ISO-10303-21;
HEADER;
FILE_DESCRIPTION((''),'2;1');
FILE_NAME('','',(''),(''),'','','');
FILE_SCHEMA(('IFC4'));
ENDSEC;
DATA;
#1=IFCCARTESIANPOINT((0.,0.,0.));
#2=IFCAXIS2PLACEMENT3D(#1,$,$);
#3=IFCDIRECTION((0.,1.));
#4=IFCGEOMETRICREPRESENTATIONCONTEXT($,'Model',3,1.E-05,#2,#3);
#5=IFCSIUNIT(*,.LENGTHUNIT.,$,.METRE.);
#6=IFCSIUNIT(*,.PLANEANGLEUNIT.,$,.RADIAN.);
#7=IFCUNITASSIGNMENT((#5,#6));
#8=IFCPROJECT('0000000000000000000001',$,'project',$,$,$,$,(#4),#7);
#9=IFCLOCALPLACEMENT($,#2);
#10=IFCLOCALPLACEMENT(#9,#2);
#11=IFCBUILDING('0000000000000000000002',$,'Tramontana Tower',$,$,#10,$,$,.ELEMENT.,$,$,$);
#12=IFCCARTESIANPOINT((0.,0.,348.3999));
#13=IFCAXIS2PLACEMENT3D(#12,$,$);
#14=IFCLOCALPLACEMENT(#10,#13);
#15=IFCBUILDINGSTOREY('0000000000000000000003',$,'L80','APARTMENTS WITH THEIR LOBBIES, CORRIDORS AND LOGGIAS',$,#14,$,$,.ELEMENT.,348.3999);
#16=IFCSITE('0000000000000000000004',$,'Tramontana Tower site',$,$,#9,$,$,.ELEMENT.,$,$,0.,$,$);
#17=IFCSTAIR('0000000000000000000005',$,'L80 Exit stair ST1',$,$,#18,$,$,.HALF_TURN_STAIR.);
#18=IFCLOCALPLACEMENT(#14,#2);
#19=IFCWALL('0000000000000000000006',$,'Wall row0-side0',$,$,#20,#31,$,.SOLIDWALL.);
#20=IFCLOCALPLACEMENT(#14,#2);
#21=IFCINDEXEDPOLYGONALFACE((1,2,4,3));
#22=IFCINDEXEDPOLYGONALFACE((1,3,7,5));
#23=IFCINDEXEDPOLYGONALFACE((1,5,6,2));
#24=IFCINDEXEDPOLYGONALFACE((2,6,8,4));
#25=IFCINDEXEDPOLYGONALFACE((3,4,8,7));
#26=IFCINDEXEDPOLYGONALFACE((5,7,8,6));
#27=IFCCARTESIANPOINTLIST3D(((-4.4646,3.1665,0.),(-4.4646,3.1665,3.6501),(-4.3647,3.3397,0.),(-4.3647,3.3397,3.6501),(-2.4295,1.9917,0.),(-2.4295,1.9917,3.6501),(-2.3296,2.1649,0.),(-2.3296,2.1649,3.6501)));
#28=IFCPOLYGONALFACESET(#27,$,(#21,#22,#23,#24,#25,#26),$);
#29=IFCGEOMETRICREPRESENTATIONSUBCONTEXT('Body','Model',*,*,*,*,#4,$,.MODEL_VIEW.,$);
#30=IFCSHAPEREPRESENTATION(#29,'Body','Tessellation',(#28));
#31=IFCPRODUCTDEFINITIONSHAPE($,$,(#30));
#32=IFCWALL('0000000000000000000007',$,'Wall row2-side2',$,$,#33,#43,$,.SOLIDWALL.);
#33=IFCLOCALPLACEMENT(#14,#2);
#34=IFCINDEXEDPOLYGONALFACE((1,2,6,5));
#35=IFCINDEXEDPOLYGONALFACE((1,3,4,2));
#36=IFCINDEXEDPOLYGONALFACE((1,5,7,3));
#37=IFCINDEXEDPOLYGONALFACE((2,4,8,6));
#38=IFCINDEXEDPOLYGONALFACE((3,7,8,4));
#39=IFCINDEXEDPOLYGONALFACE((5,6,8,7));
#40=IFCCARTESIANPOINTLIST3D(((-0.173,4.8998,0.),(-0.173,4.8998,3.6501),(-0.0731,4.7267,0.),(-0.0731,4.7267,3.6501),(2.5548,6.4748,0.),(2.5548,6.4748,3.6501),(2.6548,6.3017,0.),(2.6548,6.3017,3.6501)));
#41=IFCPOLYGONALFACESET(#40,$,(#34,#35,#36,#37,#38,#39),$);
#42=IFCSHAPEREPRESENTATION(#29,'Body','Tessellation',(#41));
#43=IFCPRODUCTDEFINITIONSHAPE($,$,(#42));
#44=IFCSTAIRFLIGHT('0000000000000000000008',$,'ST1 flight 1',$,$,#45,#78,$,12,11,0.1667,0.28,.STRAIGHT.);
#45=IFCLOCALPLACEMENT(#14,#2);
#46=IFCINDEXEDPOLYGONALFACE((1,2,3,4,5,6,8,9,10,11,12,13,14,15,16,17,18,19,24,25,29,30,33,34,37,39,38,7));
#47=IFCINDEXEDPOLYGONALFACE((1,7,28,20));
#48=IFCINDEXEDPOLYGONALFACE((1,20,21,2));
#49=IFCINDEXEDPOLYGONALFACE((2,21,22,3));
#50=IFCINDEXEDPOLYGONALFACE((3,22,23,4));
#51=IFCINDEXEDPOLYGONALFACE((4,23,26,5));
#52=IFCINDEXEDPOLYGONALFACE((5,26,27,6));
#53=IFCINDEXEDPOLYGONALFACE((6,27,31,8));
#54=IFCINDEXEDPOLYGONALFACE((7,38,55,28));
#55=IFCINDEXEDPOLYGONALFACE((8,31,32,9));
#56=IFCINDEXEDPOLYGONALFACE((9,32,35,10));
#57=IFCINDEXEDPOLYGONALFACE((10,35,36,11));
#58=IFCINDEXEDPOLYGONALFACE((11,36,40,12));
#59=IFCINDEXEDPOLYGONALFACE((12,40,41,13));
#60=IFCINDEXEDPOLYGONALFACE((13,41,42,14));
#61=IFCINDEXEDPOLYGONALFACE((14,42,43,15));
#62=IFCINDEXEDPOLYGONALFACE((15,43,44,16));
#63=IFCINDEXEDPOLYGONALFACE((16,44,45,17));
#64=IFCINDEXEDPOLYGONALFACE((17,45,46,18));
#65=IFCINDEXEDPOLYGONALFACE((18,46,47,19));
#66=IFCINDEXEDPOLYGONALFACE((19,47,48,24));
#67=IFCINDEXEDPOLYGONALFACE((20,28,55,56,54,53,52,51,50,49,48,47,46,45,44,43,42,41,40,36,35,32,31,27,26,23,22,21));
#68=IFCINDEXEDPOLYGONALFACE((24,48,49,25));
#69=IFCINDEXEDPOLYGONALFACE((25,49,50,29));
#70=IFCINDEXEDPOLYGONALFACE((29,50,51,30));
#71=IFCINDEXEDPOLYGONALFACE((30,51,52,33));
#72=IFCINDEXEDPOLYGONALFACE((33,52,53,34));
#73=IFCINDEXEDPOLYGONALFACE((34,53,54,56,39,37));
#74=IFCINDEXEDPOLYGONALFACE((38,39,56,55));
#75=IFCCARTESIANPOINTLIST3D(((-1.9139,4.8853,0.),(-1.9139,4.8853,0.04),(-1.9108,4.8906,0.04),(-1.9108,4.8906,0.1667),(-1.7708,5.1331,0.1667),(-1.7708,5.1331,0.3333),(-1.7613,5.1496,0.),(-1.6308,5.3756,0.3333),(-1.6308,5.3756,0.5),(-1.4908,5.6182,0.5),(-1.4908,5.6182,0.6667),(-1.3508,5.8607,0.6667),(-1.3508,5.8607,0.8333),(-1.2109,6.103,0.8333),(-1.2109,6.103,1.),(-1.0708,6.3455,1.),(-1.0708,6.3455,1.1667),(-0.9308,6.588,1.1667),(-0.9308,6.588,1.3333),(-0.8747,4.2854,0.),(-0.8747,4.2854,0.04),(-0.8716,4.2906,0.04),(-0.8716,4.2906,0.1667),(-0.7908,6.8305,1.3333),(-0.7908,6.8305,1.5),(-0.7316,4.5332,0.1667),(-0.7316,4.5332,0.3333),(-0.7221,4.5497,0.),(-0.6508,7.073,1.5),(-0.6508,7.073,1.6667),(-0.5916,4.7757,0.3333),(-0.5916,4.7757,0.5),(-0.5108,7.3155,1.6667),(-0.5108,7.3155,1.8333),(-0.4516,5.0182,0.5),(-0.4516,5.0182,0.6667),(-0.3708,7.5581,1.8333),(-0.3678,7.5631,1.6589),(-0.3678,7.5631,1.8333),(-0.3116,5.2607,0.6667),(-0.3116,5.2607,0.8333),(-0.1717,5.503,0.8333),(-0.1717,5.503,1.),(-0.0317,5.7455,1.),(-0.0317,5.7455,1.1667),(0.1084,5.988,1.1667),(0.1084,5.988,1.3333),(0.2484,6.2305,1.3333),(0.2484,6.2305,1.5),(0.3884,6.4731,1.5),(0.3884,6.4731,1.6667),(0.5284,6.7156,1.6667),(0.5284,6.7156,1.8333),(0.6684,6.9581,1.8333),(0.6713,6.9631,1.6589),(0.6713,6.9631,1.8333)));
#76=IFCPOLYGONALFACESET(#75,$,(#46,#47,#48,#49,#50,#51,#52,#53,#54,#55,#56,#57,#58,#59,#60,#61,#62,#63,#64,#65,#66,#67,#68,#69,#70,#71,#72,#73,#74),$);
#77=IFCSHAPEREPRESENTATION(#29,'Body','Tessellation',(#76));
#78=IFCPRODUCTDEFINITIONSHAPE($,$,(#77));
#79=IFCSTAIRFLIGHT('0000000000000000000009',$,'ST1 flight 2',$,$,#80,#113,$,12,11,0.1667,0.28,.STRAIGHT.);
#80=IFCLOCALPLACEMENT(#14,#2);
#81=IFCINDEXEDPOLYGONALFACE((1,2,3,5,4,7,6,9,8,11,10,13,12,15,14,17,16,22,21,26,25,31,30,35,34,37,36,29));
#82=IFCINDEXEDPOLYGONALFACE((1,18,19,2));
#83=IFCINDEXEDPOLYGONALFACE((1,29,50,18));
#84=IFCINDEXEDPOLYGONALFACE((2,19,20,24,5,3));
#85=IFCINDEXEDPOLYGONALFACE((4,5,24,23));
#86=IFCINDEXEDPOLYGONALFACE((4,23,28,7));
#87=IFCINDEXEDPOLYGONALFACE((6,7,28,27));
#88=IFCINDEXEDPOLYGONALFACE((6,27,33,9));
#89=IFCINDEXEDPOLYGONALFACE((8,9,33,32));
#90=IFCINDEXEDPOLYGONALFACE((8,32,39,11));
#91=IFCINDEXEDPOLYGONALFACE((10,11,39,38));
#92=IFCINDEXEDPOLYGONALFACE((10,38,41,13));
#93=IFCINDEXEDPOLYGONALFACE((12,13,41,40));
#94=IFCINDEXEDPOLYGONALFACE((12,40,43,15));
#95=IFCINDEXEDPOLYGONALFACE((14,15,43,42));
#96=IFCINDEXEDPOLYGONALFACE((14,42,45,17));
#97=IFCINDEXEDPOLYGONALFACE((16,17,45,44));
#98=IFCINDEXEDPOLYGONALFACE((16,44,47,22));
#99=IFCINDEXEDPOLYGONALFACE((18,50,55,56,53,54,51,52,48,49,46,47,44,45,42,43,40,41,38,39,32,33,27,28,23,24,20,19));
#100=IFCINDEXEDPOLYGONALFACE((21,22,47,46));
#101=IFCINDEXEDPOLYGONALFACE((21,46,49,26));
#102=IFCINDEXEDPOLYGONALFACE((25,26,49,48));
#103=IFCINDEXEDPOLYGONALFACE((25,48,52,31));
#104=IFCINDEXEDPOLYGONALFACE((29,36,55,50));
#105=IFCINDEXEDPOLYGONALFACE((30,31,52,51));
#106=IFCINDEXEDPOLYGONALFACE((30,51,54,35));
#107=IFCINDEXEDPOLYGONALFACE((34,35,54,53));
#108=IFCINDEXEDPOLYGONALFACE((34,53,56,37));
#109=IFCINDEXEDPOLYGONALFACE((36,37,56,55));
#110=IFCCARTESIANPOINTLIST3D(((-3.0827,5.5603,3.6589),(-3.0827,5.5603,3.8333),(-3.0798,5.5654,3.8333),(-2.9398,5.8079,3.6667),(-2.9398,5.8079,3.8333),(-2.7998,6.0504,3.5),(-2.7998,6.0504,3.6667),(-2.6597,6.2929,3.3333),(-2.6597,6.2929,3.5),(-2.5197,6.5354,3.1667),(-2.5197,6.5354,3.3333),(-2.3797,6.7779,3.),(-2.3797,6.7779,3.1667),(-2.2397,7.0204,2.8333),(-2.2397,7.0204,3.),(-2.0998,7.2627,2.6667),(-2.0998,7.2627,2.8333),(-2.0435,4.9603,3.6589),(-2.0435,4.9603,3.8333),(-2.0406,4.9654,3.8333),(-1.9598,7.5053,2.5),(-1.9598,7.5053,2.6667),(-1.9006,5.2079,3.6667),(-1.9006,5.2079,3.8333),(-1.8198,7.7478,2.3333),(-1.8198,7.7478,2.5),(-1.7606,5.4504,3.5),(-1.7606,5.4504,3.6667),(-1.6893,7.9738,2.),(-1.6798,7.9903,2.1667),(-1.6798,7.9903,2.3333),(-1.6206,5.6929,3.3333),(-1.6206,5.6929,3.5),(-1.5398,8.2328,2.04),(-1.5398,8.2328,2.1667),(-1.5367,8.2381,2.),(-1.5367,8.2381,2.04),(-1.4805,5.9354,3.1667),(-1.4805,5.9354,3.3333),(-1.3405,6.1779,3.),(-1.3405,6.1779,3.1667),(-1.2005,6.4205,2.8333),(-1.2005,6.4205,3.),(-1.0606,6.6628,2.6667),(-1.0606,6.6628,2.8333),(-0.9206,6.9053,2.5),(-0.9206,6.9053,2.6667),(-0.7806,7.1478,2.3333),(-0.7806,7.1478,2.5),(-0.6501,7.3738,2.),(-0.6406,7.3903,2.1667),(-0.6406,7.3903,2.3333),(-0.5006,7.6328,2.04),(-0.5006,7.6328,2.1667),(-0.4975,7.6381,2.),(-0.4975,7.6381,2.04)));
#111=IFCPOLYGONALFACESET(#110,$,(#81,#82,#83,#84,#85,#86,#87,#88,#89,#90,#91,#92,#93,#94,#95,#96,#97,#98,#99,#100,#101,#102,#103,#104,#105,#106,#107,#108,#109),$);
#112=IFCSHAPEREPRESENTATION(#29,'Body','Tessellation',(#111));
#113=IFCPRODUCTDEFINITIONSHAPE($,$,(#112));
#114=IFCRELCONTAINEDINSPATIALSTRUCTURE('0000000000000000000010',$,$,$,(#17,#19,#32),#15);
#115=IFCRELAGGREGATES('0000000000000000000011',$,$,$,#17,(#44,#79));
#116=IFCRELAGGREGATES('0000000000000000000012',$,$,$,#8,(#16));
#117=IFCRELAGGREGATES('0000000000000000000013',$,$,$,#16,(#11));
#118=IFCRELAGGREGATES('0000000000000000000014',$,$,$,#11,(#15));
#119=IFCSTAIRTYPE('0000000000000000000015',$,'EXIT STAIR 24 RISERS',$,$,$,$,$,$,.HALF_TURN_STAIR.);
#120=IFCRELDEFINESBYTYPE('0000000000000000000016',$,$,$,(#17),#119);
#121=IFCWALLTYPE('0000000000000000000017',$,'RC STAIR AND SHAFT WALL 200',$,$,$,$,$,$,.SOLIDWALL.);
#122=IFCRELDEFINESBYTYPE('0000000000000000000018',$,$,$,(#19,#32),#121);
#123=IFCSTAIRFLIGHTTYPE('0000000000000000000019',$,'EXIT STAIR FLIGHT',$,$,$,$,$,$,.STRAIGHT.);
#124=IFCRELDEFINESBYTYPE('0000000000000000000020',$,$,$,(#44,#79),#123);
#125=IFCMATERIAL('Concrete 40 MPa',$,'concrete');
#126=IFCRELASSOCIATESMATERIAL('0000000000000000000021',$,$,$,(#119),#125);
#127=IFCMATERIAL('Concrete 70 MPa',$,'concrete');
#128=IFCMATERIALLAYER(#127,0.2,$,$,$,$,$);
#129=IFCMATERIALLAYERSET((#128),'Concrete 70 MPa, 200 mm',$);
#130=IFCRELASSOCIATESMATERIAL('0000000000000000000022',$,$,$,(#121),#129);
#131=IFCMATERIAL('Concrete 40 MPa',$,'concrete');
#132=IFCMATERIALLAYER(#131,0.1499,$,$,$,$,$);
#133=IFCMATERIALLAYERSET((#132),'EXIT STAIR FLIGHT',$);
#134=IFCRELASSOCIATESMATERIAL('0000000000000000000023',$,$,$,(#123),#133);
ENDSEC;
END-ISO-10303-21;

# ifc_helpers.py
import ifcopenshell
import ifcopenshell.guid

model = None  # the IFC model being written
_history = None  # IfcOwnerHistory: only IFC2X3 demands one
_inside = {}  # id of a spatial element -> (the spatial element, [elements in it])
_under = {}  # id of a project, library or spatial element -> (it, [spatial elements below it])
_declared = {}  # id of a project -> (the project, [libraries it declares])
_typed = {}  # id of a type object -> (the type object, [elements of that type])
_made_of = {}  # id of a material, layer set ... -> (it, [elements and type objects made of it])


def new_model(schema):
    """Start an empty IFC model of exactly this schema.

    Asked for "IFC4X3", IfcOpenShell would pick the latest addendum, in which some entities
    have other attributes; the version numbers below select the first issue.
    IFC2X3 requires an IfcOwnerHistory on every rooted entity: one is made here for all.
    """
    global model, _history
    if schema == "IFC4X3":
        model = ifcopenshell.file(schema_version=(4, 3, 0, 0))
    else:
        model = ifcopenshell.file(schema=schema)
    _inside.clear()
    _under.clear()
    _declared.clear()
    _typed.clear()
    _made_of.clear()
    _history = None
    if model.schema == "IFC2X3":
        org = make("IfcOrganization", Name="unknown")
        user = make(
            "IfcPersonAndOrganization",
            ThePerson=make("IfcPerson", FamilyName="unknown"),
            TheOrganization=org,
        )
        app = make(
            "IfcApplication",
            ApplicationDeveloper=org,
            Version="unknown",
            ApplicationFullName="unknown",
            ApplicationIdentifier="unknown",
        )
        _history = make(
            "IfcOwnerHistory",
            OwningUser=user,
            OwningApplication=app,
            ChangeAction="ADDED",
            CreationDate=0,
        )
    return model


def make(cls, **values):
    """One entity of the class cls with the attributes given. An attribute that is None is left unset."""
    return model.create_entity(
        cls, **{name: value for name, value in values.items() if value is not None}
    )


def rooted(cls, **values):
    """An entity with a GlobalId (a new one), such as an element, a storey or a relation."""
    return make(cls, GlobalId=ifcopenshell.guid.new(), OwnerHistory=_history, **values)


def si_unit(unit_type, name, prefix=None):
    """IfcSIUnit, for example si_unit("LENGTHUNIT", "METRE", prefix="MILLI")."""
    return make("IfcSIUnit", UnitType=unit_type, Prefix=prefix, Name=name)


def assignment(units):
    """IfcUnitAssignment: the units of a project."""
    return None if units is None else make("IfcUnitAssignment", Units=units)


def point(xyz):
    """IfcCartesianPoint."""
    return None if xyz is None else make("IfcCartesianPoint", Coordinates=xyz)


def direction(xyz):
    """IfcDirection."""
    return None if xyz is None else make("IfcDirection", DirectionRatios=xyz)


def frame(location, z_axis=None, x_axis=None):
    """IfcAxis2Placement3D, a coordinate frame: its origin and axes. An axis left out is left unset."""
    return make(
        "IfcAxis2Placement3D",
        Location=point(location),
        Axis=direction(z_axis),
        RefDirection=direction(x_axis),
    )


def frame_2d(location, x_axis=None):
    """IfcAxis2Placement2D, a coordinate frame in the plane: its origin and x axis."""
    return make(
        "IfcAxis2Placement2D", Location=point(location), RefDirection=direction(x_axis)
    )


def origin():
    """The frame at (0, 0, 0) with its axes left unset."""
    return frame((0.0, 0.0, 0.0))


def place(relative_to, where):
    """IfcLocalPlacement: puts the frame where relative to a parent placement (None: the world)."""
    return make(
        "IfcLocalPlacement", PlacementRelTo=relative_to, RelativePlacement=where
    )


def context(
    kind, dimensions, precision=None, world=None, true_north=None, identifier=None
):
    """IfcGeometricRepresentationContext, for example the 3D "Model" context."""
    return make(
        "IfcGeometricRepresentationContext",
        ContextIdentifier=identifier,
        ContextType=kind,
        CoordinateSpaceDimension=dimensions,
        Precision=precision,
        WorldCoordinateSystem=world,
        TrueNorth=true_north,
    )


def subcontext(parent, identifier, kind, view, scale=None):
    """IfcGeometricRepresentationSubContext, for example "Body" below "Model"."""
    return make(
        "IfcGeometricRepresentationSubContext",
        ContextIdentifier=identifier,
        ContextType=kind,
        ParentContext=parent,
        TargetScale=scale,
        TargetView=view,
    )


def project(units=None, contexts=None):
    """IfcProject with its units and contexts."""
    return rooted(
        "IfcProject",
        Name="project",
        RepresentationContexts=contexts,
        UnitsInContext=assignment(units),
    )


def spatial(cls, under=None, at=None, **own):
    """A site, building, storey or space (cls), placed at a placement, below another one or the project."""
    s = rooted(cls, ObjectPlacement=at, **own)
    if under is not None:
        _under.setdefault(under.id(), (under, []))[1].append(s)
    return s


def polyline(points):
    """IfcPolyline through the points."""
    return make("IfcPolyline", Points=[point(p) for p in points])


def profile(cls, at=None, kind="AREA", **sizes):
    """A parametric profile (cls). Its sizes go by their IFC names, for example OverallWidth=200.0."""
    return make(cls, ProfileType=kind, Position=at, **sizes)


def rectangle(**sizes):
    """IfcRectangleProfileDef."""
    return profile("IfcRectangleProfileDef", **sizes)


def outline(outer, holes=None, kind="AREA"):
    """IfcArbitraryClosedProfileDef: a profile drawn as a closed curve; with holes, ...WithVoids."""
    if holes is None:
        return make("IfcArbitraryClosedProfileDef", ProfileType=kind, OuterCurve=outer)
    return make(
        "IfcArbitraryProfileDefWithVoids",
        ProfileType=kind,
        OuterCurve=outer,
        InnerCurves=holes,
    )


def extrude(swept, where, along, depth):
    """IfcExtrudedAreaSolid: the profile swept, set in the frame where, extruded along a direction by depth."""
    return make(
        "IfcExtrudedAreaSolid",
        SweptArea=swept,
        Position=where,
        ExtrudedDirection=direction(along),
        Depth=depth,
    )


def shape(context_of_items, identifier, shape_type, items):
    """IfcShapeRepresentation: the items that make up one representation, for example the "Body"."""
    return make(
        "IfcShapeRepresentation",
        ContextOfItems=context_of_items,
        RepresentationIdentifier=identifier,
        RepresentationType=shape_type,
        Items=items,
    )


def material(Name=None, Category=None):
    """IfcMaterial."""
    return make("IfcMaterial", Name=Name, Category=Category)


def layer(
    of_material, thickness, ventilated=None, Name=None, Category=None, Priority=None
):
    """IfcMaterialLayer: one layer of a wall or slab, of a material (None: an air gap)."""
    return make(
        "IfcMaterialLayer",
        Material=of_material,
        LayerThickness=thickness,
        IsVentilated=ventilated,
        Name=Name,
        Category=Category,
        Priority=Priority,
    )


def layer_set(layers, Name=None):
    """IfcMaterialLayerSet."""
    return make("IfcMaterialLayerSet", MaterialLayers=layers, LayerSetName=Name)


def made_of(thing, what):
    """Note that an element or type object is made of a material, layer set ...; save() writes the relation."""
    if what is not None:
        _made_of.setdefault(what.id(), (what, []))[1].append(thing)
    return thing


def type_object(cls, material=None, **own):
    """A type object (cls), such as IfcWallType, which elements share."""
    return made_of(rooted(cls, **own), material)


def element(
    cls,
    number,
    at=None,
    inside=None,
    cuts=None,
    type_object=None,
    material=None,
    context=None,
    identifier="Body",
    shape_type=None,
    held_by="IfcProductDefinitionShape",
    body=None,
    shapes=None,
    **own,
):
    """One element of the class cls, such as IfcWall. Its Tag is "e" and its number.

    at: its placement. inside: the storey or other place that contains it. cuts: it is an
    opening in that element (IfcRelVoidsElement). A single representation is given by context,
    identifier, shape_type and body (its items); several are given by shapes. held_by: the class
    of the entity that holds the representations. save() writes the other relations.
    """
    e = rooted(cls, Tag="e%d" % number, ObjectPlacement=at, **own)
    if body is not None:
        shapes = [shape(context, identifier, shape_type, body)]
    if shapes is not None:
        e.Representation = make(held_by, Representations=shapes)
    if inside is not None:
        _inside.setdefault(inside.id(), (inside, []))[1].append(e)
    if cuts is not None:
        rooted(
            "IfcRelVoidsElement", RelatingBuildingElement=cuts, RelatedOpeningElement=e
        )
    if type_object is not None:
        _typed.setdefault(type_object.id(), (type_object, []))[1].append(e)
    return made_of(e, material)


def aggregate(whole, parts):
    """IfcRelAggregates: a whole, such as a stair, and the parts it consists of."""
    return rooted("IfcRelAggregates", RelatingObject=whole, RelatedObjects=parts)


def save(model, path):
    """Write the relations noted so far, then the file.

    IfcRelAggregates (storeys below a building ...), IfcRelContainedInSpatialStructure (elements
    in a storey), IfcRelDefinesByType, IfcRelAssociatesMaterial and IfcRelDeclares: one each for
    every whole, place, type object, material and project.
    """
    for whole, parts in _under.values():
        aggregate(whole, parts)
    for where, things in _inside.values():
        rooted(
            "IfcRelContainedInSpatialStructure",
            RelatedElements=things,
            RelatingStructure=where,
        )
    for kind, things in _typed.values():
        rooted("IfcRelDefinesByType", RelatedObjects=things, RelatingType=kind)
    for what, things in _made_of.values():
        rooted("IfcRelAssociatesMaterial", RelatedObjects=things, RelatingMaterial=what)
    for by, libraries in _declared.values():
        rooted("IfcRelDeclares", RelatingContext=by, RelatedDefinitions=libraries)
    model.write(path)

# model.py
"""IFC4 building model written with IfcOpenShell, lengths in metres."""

from ifc_helpers import new_model, si_unit, direction, frame, frame_2d, origin, place, context, subcontext, project, spatial, polyline, rectangle, outline, extrude, material, layer, layer_set, type_object, element, aggregate, save


model = new_model("IFC4")

# Units and contexts
model_context = context("Model", 3, precision=1e-05, world=origin(), true_north=direction((0.0, 1.0)))
body_context = subcontext(model_context, "Body", "Model", "MODEL_VIEW")
ifc_project = project(units=[si_unit("LENGTHUNIT", "METRE"), si_unit("PLANEANGLEUNIT", "RADIAN")], contexts=[model_context])

# Site, building, storey
site_placement = place(None, origin())
site = spatial("IfcSite", under=ifc_project, at=site_placement, Name="Tramontana Tower site", CompositionType="ELEMENT", RefElevation=0.0)
building_placement = place(site_placement, origin())
building = spatial("IfcBuilding", under=site, at=building_placement, Name="Tramontana Tower", CompositionType="ELEMENT")
storey_placement = place(building_placement, frame((0.0, 0.0, 348.3999)))
storey = spatial("IfcBuildingStorey", under=building, at=storey_placement, Name="L80", Description="APARTMENTS WITH THEIR LOBBIES, CORRIDORS AND LOGGIAS", CompositionType="ELEMENT", Elevation=348.3999)

# Stair
ifc_material_1 = material(Name="Concrete 40 MPa", Category="concrete")
stair_type = type_object("IfcStairType", Name="EXIT STAIR 24 RISERS", PredefinedType="HALF_TURN_STAIR", material=ifc_material_1)
stair_1_placement = place(storey_placement, origin())
stair_1 = element("IfcStair", 1, at=stair_1_placement, inside=storey, type_object=stair_type, Name="L80 Exit stair ST1", PredefinedType="HALF_TURN_STAIR")

# Shared definitions
ifc_material_2 = material(Name="Concrete 70 MPa", Category="concrete")
ifc_layer_1 = layer(ifc_material_2, 0.2)
ifc_layer_set_1 = layer_set([ifc_layer_1], Name="Concrete 70 MPa, 200 mm")
wall_type_1 = type_object("IfcWallType", Name="RC STAIR AND SHAFT WALL 200", PredefinedType="SOLIDWALL", material=ifc_layer_set_1)

# Walls
wall_1_placement = place(storey_placement, frame((-2.3796, 2.0784, 0.0), z_axis=(0.0, 0.0, 1.0), x_axis=(-0.866061, 0.499938, 0.0)))
element("IfcWall", 2, at=wall_1_placement, inside=storey, type_object=wall_type_1, Name="Wall row0-side0", PredefinedType="SOLIDWALL", context=body_context, shape_type="SweptSolid", body=[
    extrude(rectangle(XDim=2.3499, YDim=0.2, at=frame_2d((1.1748, 0.0))), origin(), (0.0, 0.0, 1.0), 3.6501),
])
wall_2_placement = place(storey_placement, frame((-0.123, 4.8132, 0.0), z_axis=(0.0, 0.0, 1.0), x_axis=(0.866016, 0.500015, 0.0)))
element("IfcWall", 3, at=wall_2_placement, inside=storey, type_object=wall_type_1, Name="Wall row2-side2", PredefinedType="SOLIDWALL", context=body_context, shape_type="SweptSolid", body=[
    extrude(rectangle(XDim=3.1499, YDim=0.2, at=frame_2d((1.575, 0.0))), origin(), (0.0, 0.0, 1.0), 3.6501),
])

# Stair flights
ifc_material_3 = material(Name="Concrete 40 MPa", Category="concrete")
ifc_layer_2 = layer(ifc_material_3, 0.1499)
ifc_layer_set_2 = layer_set([ifc_layer_2], Name="EXIT STAIR FLIGHT")
stair_flight_type = type_object("IfcStairFlightType", Name="EXIT STAIR FLIGHT", PredefinedType="STRAIGHT", material=ifc_layer_set_2)
stair_flight_1_placement = place(storey_placement, frame((-1.3911, 4.5906, 0.0), z_axis=(0.0, 0.0, 1.0), x_axis=(0.5, 0.866025, 0.0)))
stair_flight_1 = element("IfcStairFlight", 4, at=stair_flight_1_placement, type_object=stair_flight_type, Name="ST1 flight 1", NumberOfRisers=12, NumberOfTreads=11, PredefinedType="STRAIGHT", RiserHeight=0.1667, TreadLength=0.28, context=body_context, shape_type="SweptSolid", body=[
    extrude(outline(polyline([(-0.0061, 0.0), (-0.0061, 0.04), (0.0, 0.04), (0.0, 0.1667), (0.28, 0.1667), (0.28, 0.3333), (0.5601, 0.3333), (0.5601, 0.5), (0.8401, 0.5), (0.8401, 0.6667), (1.1201, 0.6667), (1.1201, 0.8333), (1.3999, 0.8333), (1.3999, 1.0), (1.6799, 1.0), (1.6799, 1.1667), (1.96, 1.1667), (1.96, 1.3333), (2.24, 1.3333), (2.24, 1.5), (2.52, 1.5), (2.52, 1.6667), (2.8, 1.6667), (2.8, 1.8333), (3.0801, 1.8333), (3.0859, 1.8333), (3.0859, 1.6589), (0.2991, 0.0), (-0.0061, 0.0)])), frame((0.0, 0.6001, 0.0), z_axis=(0.0, -1.0, 0.0), x_axis=(1.0, 0.0, 0.0)), (0.0, 0.0, 1.0), 1.2),
])
stair_flight_2_placement = place(storey_placement, frame((-1.0203, 7.9329, 2.0), z_axis=(0.0, 0.0, 1.0), x_axis=(-0.5, -0.866025, 0.0)))
stair_flight_2 = element("IfcStairFlight", 5, at=stair_flight_2_placement, type_object=stair_flight_type, Name="ST1 flight 2", NumberOfRisers=12, NumberOfTreads=11, PredefinedType="STRAIGHT", RiserHeight=0.1667, TreadLength=0.28, context=body_context, shape_type="SweptSolid", body=[
    extrude(outline(polyline([(-0.0061, 0.0), (-0.0061, 0.04), (0.0, 0.04), (0.0, 0.1667), (0.28, 0.1667), (0.28, 0.3333), (0.5601, 0.3333), (0.5601, 0.5), (0.8401, 0.5), (0.8401, 0.6667), (1.1201, 0.6667), (1.1201, 0.8333), (1.3999, 0.8333), (1.3999, 1.0), (1.6799, 1.0), (1.6799, 1.1667), (1.96, 1.1667), (1.96, 1.3333), (2.24, 1.3333), (2.24, 1.5), (2.52, 1.5), (2.52, 1.6667), (2.8, 1.6667), (2.8, 1.8333), (3.0801, 1.8333), (3.0859, 1.8333), (3.0859, 1.6589), (0.2991, 0.0), (-0.0061, 0.0)])), frame((0.0, 0.6001, 0.0), z_axis=(0.0, -1.0, 0.0), x_axis=(1.0, 0.0, 0.0)), (0.0, 0.0, 1.0), 1.2),
])
aggregate(stair_1, [stair_flight_1, stair_flight_2])

save(model, "model.ifc")
